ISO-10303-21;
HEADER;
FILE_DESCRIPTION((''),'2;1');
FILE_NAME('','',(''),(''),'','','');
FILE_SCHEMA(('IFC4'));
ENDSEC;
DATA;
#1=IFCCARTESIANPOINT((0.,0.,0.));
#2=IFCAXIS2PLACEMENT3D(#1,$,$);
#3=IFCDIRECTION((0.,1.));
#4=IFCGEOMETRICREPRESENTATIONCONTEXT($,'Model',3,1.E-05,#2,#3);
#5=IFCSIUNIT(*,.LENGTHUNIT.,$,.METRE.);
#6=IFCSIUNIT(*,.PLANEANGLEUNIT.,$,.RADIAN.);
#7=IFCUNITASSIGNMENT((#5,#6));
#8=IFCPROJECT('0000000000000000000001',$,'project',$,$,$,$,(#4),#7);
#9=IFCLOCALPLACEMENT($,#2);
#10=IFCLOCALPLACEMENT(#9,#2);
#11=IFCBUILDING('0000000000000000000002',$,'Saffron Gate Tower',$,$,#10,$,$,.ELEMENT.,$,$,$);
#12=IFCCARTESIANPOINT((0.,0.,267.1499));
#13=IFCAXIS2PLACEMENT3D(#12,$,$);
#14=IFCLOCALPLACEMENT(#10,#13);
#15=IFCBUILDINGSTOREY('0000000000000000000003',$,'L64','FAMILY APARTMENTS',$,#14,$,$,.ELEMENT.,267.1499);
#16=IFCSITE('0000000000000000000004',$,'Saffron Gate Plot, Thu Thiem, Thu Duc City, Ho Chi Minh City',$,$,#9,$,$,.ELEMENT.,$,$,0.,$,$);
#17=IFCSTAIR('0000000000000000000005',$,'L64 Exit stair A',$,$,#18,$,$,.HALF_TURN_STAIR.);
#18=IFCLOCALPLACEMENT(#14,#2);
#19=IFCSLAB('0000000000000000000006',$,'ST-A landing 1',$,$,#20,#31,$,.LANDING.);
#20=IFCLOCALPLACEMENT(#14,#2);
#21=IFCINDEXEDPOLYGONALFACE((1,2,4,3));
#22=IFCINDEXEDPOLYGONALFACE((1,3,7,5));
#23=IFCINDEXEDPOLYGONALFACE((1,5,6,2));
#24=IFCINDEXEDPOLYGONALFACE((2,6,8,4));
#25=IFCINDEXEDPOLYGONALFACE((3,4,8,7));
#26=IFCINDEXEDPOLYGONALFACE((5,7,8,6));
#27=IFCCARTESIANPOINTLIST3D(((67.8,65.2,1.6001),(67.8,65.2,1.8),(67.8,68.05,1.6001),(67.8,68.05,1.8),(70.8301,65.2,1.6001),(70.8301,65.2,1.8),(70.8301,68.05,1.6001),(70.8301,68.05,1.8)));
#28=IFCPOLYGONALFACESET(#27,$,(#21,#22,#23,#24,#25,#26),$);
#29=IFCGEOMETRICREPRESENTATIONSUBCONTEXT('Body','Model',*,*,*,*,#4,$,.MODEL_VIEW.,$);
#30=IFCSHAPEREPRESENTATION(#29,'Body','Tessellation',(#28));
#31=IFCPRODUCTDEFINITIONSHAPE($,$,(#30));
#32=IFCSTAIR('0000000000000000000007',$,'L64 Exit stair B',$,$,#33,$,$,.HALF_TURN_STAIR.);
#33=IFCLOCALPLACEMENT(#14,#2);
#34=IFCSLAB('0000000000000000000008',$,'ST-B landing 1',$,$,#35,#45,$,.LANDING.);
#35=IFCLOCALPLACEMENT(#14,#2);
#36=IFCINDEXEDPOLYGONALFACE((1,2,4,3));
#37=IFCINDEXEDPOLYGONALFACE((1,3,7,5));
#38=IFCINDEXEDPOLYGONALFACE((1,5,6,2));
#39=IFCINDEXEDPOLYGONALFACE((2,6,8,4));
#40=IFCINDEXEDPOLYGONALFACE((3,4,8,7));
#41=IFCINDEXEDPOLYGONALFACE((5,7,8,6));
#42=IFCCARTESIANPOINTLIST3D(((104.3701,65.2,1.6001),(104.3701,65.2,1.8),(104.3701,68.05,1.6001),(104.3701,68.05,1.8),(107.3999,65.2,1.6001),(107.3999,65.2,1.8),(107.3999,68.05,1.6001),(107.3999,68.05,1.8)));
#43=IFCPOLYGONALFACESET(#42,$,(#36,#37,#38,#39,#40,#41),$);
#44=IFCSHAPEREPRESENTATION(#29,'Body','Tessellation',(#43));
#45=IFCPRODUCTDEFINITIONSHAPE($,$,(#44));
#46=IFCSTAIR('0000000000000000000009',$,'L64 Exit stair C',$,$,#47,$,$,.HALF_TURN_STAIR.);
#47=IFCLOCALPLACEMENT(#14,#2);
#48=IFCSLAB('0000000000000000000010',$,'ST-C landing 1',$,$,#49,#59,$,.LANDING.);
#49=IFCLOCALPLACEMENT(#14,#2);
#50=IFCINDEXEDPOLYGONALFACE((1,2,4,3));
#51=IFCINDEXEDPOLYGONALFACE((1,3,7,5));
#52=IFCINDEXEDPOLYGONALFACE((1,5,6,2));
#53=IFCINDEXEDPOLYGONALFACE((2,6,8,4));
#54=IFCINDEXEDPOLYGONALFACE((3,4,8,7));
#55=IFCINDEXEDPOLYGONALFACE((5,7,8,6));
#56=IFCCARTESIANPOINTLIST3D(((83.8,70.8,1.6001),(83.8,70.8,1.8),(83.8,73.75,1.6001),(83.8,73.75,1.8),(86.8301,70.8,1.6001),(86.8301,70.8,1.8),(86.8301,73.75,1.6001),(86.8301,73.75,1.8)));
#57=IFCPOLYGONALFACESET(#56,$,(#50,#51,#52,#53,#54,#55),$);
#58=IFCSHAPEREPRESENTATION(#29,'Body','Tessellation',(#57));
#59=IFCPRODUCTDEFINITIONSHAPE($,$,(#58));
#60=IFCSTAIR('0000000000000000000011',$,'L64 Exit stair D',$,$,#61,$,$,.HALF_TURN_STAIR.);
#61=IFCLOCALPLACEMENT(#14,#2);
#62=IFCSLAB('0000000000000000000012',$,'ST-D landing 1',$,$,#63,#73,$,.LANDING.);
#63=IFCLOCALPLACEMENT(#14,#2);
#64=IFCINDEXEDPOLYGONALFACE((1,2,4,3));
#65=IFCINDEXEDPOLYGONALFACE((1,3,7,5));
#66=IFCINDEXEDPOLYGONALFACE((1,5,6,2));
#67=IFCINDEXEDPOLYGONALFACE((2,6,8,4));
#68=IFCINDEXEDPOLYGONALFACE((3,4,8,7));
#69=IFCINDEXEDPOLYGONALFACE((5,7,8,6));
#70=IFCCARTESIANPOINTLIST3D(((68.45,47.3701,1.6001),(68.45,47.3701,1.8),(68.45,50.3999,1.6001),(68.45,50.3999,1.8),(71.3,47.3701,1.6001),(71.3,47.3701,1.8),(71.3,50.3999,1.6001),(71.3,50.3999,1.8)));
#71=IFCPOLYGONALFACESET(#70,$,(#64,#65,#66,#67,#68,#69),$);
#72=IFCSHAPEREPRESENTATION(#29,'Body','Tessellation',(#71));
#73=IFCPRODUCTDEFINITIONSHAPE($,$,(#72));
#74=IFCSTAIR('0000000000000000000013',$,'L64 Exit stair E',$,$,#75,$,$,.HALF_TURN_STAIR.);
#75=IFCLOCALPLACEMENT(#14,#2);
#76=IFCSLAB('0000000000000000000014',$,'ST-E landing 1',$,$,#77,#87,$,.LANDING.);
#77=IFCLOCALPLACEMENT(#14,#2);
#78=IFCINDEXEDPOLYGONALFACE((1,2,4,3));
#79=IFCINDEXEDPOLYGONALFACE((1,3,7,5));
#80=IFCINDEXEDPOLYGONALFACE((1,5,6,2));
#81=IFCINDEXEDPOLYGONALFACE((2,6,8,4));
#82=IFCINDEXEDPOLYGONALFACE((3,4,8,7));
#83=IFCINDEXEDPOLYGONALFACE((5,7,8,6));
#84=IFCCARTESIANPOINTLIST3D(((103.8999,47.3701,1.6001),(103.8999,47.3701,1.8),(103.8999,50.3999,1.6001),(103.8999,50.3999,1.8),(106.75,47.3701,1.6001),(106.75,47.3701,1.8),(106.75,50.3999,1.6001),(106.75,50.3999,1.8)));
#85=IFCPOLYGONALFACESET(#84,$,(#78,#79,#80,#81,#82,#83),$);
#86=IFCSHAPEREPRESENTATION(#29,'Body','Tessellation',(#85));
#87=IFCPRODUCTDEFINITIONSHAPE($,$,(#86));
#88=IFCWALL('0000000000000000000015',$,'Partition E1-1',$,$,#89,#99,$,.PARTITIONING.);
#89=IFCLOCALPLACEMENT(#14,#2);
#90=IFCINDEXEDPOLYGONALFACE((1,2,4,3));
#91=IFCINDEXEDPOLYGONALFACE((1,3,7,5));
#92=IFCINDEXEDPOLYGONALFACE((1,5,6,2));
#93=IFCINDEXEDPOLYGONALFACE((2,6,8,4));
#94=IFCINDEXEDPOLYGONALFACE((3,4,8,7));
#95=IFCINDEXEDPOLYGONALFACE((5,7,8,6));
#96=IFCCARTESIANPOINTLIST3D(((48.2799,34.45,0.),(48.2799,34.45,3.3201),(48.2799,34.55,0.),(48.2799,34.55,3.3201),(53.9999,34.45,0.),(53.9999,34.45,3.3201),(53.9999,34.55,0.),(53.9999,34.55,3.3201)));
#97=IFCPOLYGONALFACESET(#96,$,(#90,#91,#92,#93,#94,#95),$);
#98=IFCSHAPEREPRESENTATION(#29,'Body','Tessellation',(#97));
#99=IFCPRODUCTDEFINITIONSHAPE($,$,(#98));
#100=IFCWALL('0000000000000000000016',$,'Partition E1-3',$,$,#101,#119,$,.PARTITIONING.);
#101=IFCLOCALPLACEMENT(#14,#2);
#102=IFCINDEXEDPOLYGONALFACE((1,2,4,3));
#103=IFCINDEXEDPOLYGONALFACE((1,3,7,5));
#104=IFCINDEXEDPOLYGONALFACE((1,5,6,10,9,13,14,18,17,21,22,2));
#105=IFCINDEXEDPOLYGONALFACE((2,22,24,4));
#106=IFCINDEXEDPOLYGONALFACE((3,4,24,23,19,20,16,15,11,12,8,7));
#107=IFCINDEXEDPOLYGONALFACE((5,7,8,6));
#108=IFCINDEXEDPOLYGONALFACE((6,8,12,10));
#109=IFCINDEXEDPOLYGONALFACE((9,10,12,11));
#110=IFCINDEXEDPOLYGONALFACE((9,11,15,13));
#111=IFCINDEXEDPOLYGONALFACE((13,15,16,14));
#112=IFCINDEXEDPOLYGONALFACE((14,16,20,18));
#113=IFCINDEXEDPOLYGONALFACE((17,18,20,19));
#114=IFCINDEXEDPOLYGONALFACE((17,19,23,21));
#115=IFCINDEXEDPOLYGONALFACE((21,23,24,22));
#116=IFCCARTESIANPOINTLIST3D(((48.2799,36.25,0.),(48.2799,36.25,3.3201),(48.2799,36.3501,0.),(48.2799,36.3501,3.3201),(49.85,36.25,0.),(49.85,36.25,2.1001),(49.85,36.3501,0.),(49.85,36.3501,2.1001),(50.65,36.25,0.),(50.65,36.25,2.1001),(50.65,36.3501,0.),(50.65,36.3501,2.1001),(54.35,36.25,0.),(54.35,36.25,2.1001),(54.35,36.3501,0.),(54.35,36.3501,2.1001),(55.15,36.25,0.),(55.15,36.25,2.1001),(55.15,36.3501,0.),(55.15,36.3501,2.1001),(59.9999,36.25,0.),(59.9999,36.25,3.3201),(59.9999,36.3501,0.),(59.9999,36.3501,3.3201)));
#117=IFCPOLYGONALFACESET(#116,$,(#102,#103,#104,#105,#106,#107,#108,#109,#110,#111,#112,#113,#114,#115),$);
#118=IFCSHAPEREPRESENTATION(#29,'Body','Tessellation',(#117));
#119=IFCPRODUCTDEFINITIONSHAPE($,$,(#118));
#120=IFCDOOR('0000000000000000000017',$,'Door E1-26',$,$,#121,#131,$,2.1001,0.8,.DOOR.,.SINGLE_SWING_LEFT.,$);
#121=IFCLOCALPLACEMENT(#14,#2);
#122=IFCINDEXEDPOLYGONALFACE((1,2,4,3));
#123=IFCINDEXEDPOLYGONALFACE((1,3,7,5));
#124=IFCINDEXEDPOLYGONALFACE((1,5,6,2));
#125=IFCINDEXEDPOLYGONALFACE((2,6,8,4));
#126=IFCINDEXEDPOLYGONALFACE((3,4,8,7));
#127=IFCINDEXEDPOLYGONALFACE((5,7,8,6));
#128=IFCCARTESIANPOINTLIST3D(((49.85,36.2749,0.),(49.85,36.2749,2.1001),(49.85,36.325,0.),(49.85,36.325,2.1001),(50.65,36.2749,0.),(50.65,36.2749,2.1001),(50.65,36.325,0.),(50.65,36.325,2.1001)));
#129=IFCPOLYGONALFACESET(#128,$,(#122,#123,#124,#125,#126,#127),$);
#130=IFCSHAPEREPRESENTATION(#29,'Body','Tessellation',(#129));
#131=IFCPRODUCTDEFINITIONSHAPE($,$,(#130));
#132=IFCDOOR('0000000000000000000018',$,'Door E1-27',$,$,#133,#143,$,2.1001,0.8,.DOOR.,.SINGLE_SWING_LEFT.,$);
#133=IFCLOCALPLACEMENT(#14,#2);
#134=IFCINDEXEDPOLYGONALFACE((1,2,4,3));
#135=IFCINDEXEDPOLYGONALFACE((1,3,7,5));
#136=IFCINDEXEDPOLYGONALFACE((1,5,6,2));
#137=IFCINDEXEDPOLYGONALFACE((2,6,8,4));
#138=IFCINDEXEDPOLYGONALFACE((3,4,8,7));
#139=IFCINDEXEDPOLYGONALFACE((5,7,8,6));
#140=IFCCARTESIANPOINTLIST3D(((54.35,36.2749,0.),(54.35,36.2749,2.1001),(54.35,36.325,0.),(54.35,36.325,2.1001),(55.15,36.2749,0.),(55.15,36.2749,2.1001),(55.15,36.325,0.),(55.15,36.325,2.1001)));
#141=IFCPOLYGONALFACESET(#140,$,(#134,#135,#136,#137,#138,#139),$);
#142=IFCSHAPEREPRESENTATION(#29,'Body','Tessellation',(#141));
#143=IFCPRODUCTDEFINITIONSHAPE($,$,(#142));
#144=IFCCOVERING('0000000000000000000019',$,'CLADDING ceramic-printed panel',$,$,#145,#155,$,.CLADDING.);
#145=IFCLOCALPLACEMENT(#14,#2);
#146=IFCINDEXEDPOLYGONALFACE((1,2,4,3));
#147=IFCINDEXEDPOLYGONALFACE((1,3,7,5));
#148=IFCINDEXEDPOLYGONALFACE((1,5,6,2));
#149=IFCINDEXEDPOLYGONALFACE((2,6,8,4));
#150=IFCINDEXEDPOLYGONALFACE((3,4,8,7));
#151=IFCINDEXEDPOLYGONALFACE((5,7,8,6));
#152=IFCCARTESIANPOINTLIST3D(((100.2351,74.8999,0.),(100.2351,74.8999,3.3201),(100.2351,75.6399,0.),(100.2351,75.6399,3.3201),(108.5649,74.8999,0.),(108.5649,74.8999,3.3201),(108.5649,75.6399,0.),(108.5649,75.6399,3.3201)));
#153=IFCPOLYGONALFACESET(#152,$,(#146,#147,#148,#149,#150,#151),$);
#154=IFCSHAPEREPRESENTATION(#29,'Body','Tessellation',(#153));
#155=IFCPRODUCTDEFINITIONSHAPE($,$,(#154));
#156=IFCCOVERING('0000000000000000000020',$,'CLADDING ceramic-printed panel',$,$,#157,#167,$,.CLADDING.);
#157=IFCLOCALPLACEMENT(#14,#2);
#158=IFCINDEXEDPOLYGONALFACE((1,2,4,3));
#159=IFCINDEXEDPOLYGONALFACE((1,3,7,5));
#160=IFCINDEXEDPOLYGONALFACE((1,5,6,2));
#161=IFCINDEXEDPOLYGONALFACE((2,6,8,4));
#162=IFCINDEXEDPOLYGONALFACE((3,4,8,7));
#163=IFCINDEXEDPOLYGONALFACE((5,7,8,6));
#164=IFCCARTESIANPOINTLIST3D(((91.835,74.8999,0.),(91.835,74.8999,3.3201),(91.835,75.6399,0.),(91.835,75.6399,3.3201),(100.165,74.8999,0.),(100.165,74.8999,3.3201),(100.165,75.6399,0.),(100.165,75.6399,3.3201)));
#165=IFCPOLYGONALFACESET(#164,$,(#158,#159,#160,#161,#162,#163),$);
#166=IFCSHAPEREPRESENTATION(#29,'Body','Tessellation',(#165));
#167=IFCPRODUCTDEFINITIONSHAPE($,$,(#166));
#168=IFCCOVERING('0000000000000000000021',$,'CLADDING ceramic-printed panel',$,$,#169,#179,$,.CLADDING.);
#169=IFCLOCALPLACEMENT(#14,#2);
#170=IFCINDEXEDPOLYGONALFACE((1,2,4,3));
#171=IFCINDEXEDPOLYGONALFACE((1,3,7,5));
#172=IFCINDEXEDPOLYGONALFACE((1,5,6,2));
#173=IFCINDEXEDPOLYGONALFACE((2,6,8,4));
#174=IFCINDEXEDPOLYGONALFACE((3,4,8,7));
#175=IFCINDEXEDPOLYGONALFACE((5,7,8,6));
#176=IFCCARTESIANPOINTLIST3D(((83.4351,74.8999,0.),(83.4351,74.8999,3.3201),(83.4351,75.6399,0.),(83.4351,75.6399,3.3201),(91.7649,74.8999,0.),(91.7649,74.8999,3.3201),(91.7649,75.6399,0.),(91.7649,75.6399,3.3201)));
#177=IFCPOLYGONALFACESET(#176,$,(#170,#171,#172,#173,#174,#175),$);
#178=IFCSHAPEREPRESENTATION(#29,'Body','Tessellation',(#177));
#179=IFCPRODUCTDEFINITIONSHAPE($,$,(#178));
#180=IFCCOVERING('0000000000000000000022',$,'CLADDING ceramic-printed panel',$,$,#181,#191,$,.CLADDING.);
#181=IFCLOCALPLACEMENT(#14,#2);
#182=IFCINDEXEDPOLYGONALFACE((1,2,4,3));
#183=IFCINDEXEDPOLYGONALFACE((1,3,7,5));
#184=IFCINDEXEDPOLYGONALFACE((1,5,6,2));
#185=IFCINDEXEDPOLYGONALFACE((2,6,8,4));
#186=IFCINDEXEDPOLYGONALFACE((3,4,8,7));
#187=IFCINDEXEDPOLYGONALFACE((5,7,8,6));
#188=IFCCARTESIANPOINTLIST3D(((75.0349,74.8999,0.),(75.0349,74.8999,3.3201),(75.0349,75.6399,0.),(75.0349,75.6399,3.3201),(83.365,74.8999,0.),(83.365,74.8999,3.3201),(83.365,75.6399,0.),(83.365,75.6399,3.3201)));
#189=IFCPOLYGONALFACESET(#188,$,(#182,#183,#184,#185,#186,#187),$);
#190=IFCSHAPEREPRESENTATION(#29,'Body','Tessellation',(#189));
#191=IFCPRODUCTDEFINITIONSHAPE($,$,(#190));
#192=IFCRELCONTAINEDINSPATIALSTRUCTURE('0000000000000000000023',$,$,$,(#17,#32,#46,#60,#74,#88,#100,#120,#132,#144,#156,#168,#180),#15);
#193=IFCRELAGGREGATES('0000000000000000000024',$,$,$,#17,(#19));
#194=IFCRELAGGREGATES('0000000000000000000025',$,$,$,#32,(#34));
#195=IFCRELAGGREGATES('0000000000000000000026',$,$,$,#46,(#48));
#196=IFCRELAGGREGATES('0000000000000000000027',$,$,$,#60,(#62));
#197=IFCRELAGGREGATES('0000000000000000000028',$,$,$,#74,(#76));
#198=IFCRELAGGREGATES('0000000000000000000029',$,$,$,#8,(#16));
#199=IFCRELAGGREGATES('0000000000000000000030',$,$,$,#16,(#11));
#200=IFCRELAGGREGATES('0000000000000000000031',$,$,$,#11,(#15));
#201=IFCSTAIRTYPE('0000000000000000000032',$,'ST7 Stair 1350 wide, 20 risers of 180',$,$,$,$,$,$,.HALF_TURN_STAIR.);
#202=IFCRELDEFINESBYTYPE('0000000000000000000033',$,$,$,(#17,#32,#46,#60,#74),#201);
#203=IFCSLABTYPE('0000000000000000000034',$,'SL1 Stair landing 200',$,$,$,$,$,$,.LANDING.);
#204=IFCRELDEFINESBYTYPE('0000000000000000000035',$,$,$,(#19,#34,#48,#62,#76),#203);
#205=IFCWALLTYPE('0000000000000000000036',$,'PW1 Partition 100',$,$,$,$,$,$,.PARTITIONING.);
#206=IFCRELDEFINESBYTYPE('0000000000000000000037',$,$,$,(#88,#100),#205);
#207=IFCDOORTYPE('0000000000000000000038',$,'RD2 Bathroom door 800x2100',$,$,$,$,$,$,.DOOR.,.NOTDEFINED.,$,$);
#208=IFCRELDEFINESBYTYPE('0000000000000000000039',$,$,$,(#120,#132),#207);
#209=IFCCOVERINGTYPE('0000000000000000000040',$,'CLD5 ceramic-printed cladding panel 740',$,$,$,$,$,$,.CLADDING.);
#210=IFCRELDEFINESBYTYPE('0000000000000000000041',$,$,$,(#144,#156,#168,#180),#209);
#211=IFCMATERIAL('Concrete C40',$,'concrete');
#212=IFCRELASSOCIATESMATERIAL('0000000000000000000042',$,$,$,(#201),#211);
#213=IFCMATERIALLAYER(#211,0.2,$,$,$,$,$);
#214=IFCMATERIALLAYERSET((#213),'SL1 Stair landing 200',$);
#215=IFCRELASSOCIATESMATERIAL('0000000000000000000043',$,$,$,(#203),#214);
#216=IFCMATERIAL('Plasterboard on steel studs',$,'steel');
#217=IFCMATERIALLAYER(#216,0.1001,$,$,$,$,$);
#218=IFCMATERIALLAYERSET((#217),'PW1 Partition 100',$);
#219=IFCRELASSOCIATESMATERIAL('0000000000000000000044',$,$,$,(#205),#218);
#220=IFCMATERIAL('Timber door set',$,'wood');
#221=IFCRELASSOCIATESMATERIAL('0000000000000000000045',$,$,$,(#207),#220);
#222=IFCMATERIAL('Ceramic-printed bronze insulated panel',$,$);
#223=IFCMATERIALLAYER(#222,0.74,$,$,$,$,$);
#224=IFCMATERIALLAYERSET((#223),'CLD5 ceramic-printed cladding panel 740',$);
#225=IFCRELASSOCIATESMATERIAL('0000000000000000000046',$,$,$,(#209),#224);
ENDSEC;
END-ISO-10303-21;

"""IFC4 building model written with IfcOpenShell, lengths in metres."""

from ifc_helpers import new_model, si_unit, direction, frame, frame_2d, origin, place, context, subcontext, project, spatial, polyline, rectangle, outline, extrude, material, layer, layer_set, type_object, element, fill, aggregate, save


model = new_model("IFC4")

# Units and contexts
model_context = context("Model", 3, precision=1e-05, world=origin(), true_north=direction((0.0, 1.0)))
body_context = subcontext(model_context, "Body", "Model", "MODEL_VIEW")
ifc_project = project(units=[si_unit("LENGTHUNIT", "METRE"), si_unit("PLANEANGLEUNIT", "RADIAN")], contexts=[model_context])

# Site, building, storey
site_placement = place(None, origin())
site = spatial("IfcSite", under=ifc_project, at=site_placement, Name="Saffron Gate Plot, Thu Thiem, Thu Duc City, Ho Chi Minh City", CompositionType="ELEMENT", RefElevation=0.0)
building_placement = place(site_placement, origin())
building = spatial("IfcBuilding", under=site, at=building_placement, Name="Saffron Gate Tower", CompositionType="ELEMENT")
storey_placement = place(building_placement, frame((0.0, 0.0, 267.1499)))
storey = spatial("IfcBuildingStorey", under=building, at=storey_placement, Name="L64", Description="FAMILY APARTMENTS", CompositionType="ELEMENT", Elevation=267.1499)

# Shared definitions
ifc_material_1 = material(Name="Concrete C40", Category="concrete")

# Stairs, slabs
stair_type = type_object("IfcStairType", Name="ST7 Stair 1350 wide, 20 risers of 180", PredefinedType="HALF_TURN_STAIR", material=ifc_material_1)
stair_1_placement = place(storey_placement, origin())
stair_1 = element("IfcStair", 1, at=stair_1_placement, inside=storey, type_object=stair_type, Name="L64 Exit stair A", PredefinedType="HALF_TURN_STAIR")
ifc_layer_1 = layer(ifc_material_1, 0.2)
ifc_layer_set_1 = layer_set([ifc_layer_1], Name="SL1 Stair landing 200")
slab_type_1 = type_object("IfcSlabType", Name="SL1 Stair landing 200", PredefinedType="LANDING", material=ifc_layer_set_1)
slab_1_placement = place(storey_placement, frame((0.0, 0.0, 1.6001)))
slab_1 = element("IfcSlab", 2, at=slab_1_placement, type_object=slab_type_1, Name="ST-A landing 1", PredefinedType="LANDING", context=body_context, shape_type="SweptSolid", body=[
    extrude(outline(polyline([(70.8301, 68.05), (67.8, 68.05), (67.8, 65.2), (70.8301, 65.2), (70.8301, 68.05)])), origin(), (0.0, 0.0, 1.0), 0.2),
])
aggregate(stair_1, [slab_1])
stair_2_placement = place(storey_placement, origin())
stair_2 = element("IfcStair", 3, at=stair_2_placement, inside=storey, type_object=stair_type, Name="L64 Exit stair B", PredefinedType="HALF_TURN_STAIR")
slab_2_placement = place(storey_placement, frame((0.0, 0.0, 1.6001)))
slab_2 = element("IfcSlab", 4, at=slab_2_placement, type_object=slab_type_1, Name="ST-B landing 1", PredefinedType="LANDING", context=body_context, shape_type="SweptSolid", body=[
    extrude(outline(polyline([(104.3701, 65.2), (107.3999, 65.2), (107.3999, 68.05), (104.3701, 68.05), (104.3701, 65.2)])), origin(), (0.0, 0.0, 1.0), 0.2),
])
aggregate(stair_2, [slab_2])
stair_3_placement = place(storey_placement, origin())
stair_3 = element("IfcStair", 5, at=stair_3_placement, inside=storey, type_object=stair_type, Name="L64 Exit stair C", PredefinedType="HALF_TURN_STAIR")
slab_3_placement = place(storey_placement, frame((0.0, 0.0, 1.6001)))
slab_3 = element("IfcSlab", 6, at=slab_3_placement, type_object=slab_type_1, Name="ST-C landing 1", PredefinedType="LANDING", context=body_context, shape_type="SweptSolid", body=[
    extrude(outline(polyline([(86.8301, 73.75), (83.8, 73.75), (83.8, 70.8), (86.8301, 70.8), (86.8301, 73.75)])), origin(), (0.0, 0.0, 1.0), 0.2),
])
aggregate(stair_3, [slab_3])
stair_4_placement = place(storey_placement, origin())
stair_4 = element("IfcStair", 7, at=stair_4_placement, inside=storey, type_object=stair_type, Name="L64 Exit stair D", PredefinedType="HALF_TURN_STAIR")
slab_4_placement = place(storey_placement, frame((0.0, 0.0, 1.6001)))
slab_4 = element("IfcSlab", 8, at=slab_4_placement, type_object=slab_type_1, Name="ST-D landing 1", PredefinedType="LANDING", context=body_context, shape_type="SweptSolid", body=[
    extrude(outline(polyline([(71.3, 47.3701), (71.3, 50.3999), (68.45, 50.3999), (68.45, 47.3701), (71.3, 47.3701)])), origin(), (0.0, 0.0, 1.0), 0.2),
])
aggregate(stair_4, [slab_4])
stair_5_placement = place(storey_placement, origin())
stair_5 = element("IfcStair", 9, at=stair_5_placement, inside=storey, type_object=stair_type, Name="L64 Exit stair E", PredefinedType="HALF_TURN_STAIR")
slab_5_placement = place(storey_placement, frame((0.0, 0.0, 1.6001)))
slab_5 = element("IfcSlab", 10, at=slab_5_placement, type_object=slab_type_1, Name="ST-E landing 1", PredefinedType="LANDING", context=body_context, shape_type="SweptSolid", body=[
    extrude(outline(polyline([(106.75, 47.3701), (106.75, 50.3999), (103.8999, 50.3999), (103.8999, 47.3701), (106.75, 47.3701)])), origin(), (0.0, 0.0, 1.0), 0.2),
])
aggregate(stair_5, [slab_5])

# Wall
ifc_material_2 = material(Name="Plasterboard on steel studs", Category="steel")
ifc_layer_2 = layer(ifc_material_2, 0.1001)
ifc_layer_set_2 = layer_set([ifc_layer_2], Name="PW1 Partition 100")
wall_type = type_object("IfcWallType", Name="PW1 Partition 100", PredefinedType="PARTITIONING", material=ifc_layer_set_2)
wall_1_placement = place(storey_placement, frame((48.28, 34.5, 0.0), z_axis=(0.0, 0.0, 1.0), x_axis=(1.0, 0.0, 0.0)))
element("IfcWall", 11, at=wall_1_placement, inside=storey, type_object=wall_type, Name="Partition E1-1", PredefinedType="PARTITIONING", context=body_context, shape_type="SweptSolid", body=[
    extrude(rectangle(XDim=5.72, YDim=0.1001, at=frame_2d((2.8599, 0.0))), origin(), (0.0, 0.0, 1.0), 3.3201),
])

# Wall, openings, doors
wall_2_placement = place(storey_placement, frame((48.28, 36.3, 0.0), z_axis=(0.0, 0.0, 1.0), x_axis=(1.0, 0.0, 0.0)))
wall_2 = element("IfcWall", 12, at=wall_2_placement, inside=storey, type_object=wall_type, Name="Partition E1-3", PredefinedType="PARTITIONING", context=body_context, shape_type="SweptSolid", body=[
    extrude(rectangle(XDim=11.72, YDim=0.1001, at=frame_2d((5.8599, 0.0))), origin(), (0.0, 0.0, 1.0), 3.3201),
])
opening_1_placement = place(wall_2_placement, frame((1.5701, 0.0, 0.0)))
opening_1 = element("IfcOpeningElement", 13, at=opening_1_placement, cuts=wall_2, PredefinedType="OPENING", context=body_context, shape_type="SweptSolid", body=[
    extrude(rectangle(XDim=0.8, YDim=2.1001, at=frame_2d((0.3999, 1.05))), frame((0.0, 0.0601, 0.0), z_axis=(0.0, -1.0, 0.0), x_axis=(1.0, 0.0, 0.0)), (0.0, 0.0, 1.0), 0.1201),
])
opening_2_placement = place(wall_2_placement, frame((6.0701, 0.0, 0.0)))
opening_2 = element("IfcOpeningElement", 14, at=opening_2_placement, cuts=wall_2, PredefinedType="OPENING", context=body_context, shape_type="SweptSolid", body=[
    extrude(rectangle(XDim=0.8, YDim=2.1001, at=frame_2d((0.3999, 1.05))), frame((0.0, 0.0601, 0.0), z_axis=(0.0, -1.0, 0.0), x_axis=(1.0, 0.0, 0.0)), (0.0, 0.0, 1.0), 0.1201),
])
ifc_material_3 = material(Name="Timber door set", Category="wood")
door_type = type_object("IfcDoorType", Name="RD2 Bathroom door 800x2100", OperationType="NOTDEFINED", PredefinedType="DOOR", material=ifc_material_3)
door_1_placement = place(opening_1_placement, origin())
door_1 = element("IfcDoor", 15, at=door_1_placement, inside=storey, type_object=door_type, Name="Door E1-26", OperationType="SINGLE_SWING_LEFT", OverallHeight=2.1001, OverallWidth=0.8, PredefinedType="DOOR", context=body_context, shape_type="SweptSolid", body=[
    extrude(rectangle(XDim=0.8, YDim=2.1001, at=frame_2d((0.3999, 1.05))), frame((0.0, 0.0249, 0.0), z_axis=(0.0, -1.0, 0.0), x_axis=(1.0, 0.0, 0.0)), (0.0, 0.0, 1.0), 0.05),
])
fill(opening_1, door_1)
door_2_placement = place(opening_2_placement, origin())
door_2 = element("IfcDoor", 16, at=door_2_placement, inside=storey, type_object=door_type, Name="Door E1-27", OperationType="SINGLE_SWING_LEFT", OverallHeight=2.1001, OverallWidth=0.8, PredefinedType="DOOR", context=body_context, shape_type="SweptSolid", body=[
    extrude(rectangle(XDim=0.8, YDim=2.1001, at=frame_2d((0.3999, 1.05))), frame((0.0, 0.0249, 0.0), z_axis=(0.0, -1.0, 0.0), x_axis=(1.0, 0.0, 0.0)), (0.0, 0.0, 1.0), 0.05),
])
fill(opening_2, door_2)

# Coverings
ifc_material_4 = material(Name="Ceramic-printed bronze insulated panel")
ifc_layer_3 = layer(ifc_material_4, 0.74)
ifc_layer_set_3 = layer_set([ifc_layer_3], Name="CLD5 ceramic-printed cladding panel 740")
covering_type_1 = type_object("IfcCoveringType", Name="CLD5 ceramic-printed cladding panel 740", PredefinedType="CLADDING", material=ifc_layer_set_3)
covering_1_placement = place(storey_placement, origin())
element("IfcCovering", 17, at=covering_1_placement, inside=storey, type_object=covering_type_1, Name="CLADDING ceramic-printed panel", PredefinedType="CLADDING", context=body_context, shape_type="SweptSolid", body=[
    extrude(outline(polyline([(108.5649, 75.6399), (100.2351, 75.6399), (100.2351, 74.8999), (108.5649, 74.8999), (108.5649, 75.6399)])), origin(), (0.0, 0.0, 1.0), 3.3201),
])
covering_2_placement = place(storey_placement, origin())
element("IfcCovering", 18, at=covering_2_placement, inside=storey, type_object=covering_type_1, Name="CLADDING ceramic-printed panel", PredefinedType="CLADDING", context=body_context, shape_type="SweptSolid", body=[
    extrude(outline(polyline([(100.165, 75.6399), (91.835, 75.6399), (91.835, 74.8999), (100.165, 74.8999), (100.165, 75.6399)])), origin(), (0.0, 0.0, 1.0), 3.3201),
])
covering_3_placement = place(storey_placement, origin())
element("IfcCovering", 19, at=covering_3_placement, inside=storey, type_object=covering_type_1, Name="CLADDING ceramic-printed panel", PredefinedType="CLADDING", context=body_context, shape_type="SweptSolid", body=[
    extrude(outline(polyline([(91.7649, 75.6399), (83.4351, 75.6399), (83.4351, 74.8999), (91.7649, 74.8999), (91.7649, 75.6399)])), origin(), (0.0, 0.0, 1.0), 3.3201),
])
covering_4_placement = place(storey_placement, origin())
element("IfcCovering", 20, at=covering_4_placement, inside=storey, type_object=covering_type_1, Name="CLADDING ceramic-printed panel", PredefinedType="CLADDING", context=body_context, shape_type="SweptSolid", body=[
    extrude(outline(polyline([(83.365, 75.6399), (75.0349, 75.6399), (75.0349, 74.8999), (83.365, 74.8999), (83.365, 75.6399)])), origin(), (0.0, 0.0, 1.0), 3.3201),
])

save(model, "model.ifc")
